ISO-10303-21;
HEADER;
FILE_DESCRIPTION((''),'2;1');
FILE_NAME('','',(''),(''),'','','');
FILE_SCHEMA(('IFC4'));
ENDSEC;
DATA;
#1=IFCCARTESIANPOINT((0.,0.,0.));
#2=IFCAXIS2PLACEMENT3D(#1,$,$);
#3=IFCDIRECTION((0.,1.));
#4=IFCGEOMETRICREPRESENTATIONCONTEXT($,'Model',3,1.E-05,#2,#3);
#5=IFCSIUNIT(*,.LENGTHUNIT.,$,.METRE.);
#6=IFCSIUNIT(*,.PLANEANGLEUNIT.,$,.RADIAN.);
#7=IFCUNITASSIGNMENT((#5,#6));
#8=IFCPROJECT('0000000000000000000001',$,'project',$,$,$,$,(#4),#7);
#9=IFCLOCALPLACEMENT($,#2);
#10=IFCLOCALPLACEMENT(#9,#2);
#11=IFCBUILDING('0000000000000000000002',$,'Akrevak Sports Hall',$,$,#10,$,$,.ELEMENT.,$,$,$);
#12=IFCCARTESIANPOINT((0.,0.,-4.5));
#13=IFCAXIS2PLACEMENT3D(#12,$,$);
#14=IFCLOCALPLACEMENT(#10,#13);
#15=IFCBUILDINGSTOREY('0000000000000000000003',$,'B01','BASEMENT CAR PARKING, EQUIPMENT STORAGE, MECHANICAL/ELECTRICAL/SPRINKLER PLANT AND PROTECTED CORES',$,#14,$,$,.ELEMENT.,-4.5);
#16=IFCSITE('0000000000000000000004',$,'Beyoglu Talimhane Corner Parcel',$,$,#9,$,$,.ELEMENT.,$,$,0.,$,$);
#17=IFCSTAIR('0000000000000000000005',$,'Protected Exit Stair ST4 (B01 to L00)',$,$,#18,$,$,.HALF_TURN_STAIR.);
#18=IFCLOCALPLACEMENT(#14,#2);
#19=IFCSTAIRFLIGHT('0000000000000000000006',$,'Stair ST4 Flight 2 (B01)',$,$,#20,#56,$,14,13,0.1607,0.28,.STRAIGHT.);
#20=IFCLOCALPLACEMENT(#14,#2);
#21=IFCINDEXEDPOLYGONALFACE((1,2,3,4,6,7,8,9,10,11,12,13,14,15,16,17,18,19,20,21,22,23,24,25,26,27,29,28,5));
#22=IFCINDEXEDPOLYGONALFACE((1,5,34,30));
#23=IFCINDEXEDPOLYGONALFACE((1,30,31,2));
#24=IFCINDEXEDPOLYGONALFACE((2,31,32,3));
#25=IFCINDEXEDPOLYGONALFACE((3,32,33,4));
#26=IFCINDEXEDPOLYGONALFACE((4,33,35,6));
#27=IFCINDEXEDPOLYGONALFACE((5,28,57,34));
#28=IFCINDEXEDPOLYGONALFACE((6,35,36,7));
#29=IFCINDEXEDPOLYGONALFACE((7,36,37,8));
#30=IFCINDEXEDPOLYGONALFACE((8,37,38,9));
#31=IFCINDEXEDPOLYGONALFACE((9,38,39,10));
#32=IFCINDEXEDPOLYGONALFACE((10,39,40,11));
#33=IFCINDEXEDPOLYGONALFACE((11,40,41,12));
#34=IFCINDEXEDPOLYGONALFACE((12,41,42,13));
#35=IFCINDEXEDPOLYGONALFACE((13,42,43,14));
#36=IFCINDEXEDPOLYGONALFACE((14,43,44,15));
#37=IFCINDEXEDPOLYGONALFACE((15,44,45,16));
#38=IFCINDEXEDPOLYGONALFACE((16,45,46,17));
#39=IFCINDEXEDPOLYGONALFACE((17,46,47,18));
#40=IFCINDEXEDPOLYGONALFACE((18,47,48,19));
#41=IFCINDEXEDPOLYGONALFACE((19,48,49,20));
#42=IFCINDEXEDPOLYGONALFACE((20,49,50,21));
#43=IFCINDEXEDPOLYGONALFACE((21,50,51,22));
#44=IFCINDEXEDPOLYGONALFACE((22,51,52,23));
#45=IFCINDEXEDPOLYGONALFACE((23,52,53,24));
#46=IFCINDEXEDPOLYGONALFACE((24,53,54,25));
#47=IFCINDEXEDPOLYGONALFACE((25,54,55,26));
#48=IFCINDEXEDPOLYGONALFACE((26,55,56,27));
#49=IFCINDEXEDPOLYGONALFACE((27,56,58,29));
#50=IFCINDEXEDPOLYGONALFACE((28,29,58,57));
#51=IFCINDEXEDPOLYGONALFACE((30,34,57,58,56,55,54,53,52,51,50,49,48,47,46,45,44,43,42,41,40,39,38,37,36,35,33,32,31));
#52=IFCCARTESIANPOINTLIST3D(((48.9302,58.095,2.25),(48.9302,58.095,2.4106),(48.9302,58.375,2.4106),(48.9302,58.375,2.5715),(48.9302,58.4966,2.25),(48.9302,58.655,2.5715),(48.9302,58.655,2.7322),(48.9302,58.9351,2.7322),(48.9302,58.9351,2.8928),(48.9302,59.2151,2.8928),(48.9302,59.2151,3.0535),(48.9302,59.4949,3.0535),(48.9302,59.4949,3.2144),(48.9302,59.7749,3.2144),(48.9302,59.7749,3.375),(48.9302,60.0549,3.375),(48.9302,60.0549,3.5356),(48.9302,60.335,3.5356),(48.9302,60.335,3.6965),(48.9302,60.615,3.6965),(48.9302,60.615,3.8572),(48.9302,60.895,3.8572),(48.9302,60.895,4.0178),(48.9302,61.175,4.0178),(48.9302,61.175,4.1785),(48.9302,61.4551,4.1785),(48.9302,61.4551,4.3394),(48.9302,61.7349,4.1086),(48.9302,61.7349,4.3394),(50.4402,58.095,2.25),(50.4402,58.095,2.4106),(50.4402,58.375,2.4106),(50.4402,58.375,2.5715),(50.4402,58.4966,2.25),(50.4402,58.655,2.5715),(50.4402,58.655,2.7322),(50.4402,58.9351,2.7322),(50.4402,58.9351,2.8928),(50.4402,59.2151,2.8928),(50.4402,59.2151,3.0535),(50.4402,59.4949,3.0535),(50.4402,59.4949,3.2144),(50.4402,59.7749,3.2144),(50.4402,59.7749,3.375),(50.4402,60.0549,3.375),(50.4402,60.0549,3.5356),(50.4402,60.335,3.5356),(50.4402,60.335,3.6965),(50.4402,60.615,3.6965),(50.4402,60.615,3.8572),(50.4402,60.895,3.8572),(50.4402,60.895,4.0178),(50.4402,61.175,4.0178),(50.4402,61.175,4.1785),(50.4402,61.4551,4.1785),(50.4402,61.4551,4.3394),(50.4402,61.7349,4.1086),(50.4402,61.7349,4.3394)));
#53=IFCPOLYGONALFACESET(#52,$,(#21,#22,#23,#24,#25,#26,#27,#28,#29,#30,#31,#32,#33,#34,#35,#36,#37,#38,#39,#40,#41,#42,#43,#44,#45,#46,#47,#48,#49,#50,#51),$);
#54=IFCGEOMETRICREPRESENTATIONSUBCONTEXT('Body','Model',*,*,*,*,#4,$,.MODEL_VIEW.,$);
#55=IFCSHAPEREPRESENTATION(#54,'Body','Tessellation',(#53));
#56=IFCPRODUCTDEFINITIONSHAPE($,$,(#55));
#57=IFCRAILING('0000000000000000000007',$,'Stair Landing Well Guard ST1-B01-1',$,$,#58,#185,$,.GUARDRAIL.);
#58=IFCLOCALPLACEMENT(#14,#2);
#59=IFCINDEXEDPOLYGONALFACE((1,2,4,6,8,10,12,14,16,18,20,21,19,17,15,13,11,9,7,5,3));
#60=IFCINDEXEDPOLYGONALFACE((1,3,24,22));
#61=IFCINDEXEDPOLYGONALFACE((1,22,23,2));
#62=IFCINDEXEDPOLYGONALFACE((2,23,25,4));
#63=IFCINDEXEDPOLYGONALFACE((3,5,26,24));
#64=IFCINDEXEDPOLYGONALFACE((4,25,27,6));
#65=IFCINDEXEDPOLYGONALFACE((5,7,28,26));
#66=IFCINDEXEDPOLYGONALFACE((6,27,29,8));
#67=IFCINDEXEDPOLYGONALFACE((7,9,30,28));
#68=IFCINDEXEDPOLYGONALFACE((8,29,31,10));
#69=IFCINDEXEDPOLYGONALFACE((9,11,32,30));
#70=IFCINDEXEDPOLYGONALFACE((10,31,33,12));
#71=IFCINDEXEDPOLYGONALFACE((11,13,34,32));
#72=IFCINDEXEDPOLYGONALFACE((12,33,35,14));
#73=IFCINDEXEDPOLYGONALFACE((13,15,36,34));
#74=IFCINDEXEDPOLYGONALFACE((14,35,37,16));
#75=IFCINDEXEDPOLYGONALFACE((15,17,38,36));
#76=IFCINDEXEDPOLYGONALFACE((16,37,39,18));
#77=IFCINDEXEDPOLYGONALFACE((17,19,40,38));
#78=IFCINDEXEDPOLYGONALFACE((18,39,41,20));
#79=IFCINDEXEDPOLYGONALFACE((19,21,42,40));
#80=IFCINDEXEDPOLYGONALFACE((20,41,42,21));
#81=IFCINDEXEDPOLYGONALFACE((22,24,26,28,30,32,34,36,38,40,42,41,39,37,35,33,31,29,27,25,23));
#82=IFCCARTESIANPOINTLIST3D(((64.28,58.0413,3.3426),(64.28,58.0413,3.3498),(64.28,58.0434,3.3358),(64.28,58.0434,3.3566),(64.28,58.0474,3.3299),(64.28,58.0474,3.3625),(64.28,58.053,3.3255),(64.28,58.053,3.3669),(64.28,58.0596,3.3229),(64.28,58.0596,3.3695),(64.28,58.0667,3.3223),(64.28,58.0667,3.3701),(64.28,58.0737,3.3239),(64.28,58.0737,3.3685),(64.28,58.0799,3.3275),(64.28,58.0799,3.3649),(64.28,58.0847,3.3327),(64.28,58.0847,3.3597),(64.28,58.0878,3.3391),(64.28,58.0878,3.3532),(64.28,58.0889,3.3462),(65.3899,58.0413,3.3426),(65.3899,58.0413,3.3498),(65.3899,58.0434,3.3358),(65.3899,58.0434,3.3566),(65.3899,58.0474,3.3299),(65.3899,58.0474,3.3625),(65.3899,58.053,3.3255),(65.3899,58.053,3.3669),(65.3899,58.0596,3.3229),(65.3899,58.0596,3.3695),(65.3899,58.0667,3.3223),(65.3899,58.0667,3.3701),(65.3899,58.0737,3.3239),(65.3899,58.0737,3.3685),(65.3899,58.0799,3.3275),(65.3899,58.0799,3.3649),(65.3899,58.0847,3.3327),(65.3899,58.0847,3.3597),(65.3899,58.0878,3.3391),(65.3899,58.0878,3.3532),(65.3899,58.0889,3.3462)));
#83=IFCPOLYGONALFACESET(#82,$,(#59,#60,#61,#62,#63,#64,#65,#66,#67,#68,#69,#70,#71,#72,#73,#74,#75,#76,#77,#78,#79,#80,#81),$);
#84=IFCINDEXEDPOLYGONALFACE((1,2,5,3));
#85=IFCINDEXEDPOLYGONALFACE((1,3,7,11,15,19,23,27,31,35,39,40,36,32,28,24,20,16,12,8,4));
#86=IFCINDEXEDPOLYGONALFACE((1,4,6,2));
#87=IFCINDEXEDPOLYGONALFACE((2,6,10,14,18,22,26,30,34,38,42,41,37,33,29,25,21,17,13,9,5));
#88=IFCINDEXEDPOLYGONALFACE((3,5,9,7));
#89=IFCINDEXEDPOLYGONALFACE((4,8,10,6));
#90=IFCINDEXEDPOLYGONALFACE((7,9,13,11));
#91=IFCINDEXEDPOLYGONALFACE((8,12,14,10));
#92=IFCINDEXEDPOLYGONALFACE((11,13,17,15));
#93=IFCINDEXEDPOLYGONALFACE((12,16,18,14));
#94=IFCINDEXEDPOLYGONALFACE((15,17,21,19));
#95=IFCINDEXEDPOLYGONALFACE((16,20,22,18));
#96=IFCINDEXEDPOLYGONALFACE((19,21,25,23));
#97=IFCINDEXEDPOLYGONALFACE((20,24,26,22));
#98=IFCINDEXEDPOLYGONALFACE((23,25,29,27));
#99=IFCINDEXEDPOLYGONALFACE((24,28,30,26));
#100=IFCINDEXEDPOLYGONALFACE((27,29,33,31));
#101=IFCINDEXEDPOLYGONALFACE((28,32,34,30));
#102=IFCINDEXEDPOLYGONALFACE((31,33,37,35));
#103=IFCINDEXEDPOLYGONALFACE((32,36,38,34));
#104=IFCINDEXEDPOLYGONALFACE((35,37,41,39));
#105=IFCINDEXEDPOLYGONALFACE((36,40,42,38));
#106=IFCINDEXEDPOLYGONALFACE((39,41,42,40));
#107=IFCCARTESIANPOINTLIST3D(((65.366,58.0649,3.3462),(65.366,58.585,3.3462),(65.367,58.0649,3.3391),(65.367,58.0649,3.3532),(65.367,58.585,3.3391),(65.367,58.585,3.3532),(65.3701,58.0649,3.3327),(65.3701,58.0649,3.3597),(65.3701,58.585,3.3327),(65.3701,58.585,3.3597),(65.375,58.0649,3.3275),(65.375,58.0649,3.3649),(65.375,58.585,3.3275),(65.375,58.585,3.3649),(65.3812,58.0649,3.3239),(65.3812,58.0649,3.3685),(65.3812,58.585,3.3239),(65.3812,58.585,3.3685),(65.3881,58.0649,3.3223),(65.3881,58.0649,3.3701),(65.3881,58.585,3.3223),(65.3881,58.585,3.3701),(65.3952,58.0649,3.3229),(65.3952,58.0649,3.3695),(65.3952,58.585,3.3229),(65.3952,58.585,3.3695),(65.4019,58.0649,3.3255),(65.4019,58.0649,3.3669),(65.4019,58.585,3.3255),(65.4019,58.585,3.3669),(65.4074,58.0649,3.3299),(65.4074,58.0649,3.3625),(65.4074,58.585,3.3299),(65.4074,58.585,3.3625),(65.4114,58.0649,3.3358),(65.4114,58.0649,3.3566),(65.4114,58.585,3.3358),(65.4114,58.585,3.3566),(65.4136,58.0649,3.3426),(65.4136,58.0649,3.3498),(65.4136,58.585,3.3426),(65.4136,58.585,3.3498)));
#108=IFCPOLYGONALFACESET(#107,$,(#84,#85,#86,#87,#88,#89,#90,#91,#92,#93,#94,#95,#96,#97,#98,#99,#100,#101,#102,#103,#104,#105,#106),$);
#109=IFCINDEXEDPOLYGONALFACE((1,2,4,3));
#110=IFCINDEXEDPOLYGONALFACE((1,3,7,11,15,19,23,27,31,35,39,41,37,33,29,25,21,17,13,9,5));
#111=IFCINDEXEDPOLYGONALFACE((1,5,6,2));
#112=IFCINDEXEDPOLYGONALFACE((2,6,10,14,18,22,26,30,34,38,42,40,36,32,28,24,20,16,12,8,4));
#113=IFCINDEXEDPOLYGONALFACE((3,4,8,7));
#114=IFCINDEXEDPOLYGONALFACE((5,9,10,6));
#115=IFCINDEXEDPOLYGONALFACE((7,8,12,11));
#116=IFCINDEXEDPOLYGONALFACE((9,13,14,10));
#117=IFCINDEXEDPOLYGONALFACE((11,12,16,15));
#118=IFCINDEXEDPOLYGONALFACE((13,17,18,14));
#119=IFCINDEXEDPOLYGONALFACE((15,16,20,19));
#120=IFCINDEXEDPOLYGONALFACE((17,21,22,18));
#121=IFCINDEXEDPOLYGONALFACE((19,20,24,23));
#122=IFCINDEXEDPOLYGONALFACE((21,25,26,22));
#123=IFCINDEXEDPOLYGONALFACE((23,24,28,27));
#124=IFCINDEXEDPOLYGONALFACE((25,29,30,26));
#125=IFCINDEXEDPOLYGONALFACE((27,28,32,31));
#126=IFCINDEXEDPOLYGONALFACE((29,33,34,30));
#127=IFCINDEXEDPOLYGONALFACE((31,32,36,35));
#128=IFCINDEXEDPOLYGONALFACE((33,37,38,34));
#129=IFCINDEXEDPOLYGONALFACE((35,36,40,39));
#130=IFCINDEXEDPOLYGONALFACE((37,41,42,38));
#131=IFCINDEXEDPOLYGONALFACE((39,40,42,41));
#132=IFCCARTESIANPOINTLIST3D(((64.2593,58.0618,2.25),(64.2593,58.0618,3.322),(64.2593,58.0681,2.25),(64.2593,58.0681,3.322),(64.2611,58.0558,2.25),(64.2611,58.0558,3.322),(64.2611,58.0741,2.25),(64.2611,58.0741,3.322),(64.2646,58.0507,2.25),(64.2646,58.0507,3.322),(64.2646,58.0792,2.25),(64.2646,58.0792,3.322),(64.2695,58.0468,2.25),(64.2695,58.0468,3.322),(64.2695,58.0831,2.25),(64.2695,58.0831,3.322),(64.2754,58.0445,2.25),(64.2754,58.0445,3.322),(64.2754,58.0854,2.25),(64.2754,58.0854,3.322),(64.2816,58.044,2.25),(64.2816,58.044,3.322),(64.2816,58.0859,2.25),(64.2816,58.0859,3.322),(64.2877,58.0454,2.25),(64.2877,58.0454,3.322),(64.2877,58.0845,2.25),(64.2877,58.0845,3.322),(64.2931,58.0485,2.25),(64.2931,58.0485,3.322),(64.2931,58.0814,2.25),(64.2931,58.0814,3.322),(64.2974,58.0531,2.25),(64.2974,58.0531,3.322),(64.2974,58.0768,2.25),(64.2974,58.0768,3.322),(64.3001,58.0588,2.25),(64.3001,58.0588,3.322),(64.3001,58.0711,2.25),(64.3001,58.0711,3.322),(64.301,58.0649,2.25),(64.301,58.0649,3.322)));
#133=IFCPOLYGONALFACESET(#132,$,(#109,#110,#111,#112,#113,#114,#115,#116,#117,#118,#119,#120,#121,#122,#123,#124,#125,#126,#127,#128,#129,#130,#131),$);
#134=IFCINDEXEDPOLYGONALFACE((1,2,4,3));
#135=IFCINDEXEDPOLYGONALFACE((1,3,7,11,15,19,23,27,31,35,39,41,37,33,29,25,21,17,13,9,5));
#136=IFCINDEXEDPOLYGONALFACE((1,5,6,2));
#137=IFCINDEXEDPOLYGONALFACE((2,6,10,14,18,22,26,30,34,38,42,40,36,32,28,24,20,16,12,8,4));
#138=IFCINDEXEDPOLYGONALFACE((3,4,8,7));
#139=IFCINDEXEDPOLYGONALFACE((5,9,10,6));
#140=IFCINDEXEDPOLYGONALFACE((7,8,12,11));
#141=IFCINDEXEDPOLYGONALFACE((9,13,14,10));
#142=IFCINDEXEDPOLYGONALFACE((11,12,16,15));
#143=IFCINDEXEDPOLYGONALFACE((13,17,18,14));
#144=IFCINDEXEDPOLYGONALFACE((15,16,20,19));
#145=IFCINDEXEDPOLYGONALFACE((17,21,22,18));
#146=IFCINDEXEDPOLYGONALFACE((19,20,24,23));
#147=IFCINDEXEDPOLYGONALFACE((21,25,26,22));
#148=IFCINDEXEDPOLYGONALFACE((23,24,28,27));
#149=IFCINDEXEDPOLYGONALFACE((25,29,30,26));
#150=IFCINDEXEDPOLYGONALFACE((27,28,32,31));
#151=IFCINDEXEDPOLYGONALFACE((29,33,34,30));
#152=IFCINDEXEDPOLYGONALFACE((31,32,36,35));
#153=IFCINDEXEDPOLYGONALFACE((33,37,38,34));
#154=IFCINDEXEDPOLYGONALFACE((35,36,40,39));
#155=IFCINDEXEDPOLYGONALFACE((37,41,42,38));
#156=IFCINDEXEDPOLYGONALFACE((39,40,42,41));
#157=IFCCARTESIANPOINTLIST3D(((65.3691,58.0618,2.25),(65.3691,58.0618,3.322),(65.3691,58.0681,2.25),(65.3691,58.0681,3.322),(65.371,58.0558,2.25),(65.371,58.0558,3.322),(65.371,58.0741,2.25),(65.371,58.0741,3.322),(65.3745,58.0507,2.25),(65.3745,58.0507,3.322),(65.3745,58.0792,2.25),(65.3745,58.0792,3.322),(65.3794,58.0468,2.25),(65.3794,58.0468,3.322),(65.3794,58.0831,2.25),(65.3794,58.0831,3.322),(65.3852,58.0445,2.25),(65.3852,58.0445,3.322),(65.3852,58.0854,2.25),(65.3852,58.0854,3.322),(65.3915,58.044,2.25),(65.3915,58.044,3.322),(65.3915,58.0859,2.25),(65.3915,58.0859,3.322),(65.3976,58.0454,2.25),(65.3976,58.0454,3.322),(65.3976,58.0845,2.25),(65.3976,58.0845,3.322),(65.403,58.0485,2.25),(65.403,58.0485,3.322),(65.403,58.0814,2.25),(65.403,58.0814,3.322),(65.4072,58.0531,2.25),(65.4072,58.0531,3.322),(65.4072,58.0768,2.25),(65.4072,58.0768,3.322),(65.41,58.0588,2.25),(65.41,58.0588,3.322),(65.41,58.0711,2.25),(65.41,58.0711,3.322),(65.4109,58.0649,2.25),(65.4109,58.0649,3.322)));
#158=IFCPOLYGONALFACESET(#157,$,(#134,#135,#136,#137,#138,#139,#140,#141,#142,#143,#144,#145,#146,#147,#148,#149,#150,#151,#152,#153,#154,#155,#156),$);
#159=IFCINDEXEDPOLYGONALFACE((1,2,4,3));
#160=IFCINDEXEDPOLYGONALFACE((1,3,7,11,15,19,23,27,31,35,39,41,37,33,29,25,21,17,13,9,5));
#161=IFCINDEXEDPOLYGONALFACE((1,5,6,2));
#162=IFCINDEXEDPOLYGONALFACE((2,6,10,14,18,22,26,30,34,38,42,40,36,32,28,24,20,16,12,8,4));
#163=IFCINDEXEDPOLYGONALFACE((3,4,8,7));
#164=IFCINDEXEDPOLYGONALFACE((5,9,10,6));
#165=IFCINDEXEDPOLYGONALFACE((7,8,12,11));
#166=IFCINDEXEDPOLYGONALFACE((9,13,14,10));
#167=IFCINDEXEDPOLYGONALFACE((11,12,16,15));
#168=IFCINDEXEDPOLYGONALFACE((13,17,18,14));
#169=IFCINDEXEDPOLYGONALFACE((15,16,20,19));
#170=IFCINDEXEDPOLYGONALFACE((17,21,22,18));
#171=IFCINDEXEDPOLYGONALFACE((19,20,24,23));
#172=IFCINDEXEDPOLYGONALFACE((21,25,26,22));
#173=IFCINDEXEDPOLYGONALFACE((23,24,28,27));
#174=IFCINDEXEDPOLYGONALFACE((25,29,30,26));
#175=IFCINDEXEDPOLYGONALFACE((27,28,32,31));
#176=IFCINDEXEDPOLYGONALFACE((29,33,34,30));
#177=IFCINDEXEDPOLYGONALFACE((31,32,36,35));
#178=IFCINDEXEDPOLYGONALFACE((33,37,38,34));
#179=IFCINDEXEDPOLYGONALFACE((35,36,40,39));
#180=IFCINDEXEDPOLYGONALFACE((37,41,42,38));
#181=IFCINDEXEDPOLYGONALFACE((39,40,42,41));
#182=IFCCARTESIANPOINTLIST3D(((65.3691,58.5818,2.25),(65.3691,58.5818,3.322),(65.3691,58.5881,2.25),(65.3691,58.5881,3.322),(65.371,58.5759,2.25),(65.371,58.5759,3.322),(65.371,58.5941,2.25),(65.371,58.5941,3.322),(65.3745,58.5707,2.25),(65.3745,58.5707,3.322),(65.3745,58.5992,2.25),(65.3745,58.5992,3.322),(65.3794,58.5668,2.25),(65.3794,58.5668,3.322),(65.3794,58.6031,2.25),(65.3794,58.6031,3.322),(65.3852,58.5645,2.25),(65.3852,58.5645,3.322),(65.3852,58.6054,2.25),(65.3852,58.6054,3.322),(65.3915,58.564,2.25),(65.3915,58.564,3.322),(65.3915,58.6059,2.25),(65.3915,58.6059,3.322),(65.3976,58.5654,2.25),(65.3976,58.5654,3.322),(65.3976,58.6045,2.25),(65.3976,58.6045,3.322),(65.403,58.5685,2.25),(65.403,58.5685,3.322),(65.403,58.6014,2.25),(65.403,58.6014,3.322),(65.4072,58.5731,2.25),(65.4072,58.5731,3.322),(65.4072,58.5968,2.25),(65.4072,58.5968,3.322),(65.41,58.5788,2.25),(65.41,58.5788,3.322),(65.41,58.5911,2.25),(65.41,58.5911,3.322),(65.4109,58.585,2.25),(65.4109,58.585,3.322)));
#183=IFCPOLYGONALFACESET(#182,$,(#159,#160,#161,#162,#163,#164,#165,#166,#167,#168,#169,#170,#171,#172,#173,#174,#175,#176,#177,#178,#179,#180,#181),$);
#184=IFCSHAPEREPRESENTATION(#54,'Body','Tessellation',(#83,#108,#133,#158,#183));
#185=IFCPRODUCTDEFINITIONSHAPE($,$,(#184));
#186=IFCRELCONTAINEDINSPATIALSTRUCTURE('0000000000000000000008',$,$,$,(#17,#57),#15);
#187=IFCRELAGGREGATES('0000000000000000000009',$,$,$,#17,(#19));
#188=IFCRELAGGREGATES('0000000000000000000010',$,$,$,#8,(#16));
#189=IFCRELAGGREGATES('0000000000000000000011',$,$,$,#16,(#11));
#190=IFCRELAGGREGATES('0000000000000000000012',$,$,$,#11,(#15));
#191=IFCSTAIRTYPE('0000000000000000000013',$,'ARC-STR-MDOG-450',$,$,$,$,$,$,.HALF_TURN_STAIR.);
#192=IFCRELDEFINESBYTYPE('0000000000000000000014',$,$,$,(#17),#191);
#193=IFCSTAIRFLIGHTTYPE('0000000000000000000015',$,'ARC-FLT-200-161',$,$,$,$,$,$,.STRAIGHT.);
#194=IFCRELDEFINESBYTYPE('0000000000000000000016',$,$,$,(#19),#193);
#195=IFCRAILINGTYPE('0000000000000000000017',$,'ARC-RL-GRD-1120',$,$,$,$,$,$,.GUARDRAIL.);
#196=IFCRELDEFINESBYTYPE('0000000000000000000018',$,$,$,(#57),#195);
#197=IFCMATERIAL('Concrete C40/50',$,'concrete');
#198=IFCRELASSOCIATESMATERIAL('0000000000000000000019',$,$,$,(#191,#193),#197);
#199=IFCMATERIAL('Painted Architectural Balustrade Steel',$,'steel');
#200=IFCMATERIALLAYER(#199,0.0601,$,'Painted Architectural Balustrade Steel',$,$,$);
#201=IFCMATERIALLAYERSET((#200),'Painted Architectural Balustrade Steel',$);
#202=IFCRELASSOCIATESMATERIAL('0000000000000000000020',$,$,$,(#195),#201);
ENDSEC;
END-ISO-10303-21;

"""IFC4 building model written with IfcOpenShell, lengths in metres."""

from ifc_helpers import new_model, si_unit, direction, frame, origin, origin_2d, place, context, subcontext, project, spatial, polyline, circle, outline, extrude, material, layer, layer_set, type_object, element, aggregate, save


model = new_model("IFC4")

# Units and contexts
model_context = context("Model", 3, precision=1e-05, world=origin(), true_north=direction((0.0, 1.0)))
body_context = subcontext(model_context, "Body", "Model", "MODEL_VIEW")
ifc_project = project(units=[si_unit("LENGTHUNIT", "METRE"), si_unit("PLANEANGLEUNIT", "RADIAN")], contexts=[model_context])

# Site, building, storey
site_placement = place(None, origin())
site = spatial("IfcSite", under=ifc_project, at=site_placement, Name="Beyoglu Talimhane Corner Parcel", CompositionType="ELEMENT", RefElevation=0.0)
building_placement = place(site_placement, origin())
building = spatial("IfcBuilding", under=site, at=building_placement, Name="Akrevak Sports Hall", CompositionType="ELEMENT")
storey_placement = place(building_placement, frame((0.0, 0.0, -4.5)))
storey = spatial("IfcBuildingStorey", under=building, at=storey_placement, Name="B01", Description="BASEMENT CAR PARKING, EQUIPMENT STORAGE, MECHANICAL/ELECTRICAL/SPRINKLER PLANT AND PROTECTED CORES", CompositionType="ELEMENT", Elevation=-4.5)

# Shared definitions
ifc_material_1 = material(Name="Concrete C40/50", Category="concrete")

# Stair, stair flight
stair_type_1 = type_object("IfcStairType", Name="ARC-STR-MDOG-450", PredefinedType="HALF_TURN_STAIR", material=ifc_material_1)
stair_1_placement = place(storey_placement, origin())
stair_1 = element("IfcStair", 1, at=stair_1_placement, inside=storey, type_object=stair_type_1, Name="Protected Exit Stair ST4 (B01 to L00)", PredefinedType="HALF_TURN_STAIR")
stair_flight_type_1 = type_object("IfcStairFlightType", Name="ARC-FLT-200-161", PredefinedType="STRAIGHT", material=ifc_material_1)
stair_flight_1_placement = place(storey_placement, frame((49.6851, 58.095, 2.25), z_axis=(0.0, 0.0, 1.0), x_axis=(0.0, 1.0, 0.0)))
stair_flight_1 = element("IfcStairFlight", 2, at=stair_flight_1_placement, type_object=stair_flight_type_1, Name="Stair ST4 Flight 2 (B01)", NumberOfRisers=14, NumberOfTreads=13, PredefinedType="STRAIGHT", RiserHeight=0.1607, TreadLength=0.28, context=body_context, shape_type="SweptSolid", body=[
    extrude(outline(polyline([(0.0, 0.0), (0.0, 0.1606), (0.28, 0.1606), (0.28, 0.3215), (0.5601, 0.3215), (0.5601, 0.4822), (0.8401, 0.4822), (0.8401, 0.6428), (1.1201, 0.6428), (1.1201, 0.8035), (1.3999, 0.8035), (1.3999, 0.9644), (1.6799, 0.9644), (1.6799, 1.125), (1.96, 1.125), (1.96, 1.2856), (2.24, 1.2856), (2.24, 1.4465), (2.52, 1.4465), (2.52, 1.6072), (2.8, 1.6072), (2.8, 1.7678), (3.0801, 1.7678), (3.0801, 1.9285), (3.3601, 1.9285), (3.3601, 2.0894), (3.6399, 2.0894), (3.6399, 2.25), (3.6399, 1.8586), (0.4016, 0.0), (0.0, 0.0)])), frame((0.0, 0.7549, 0.0), z_axis=(0.0, -1.0, 0.0), x_axis=(1.0, 0.0, 0.0)), (0.0, 0.0, 1.0), 1.51),
])
aggregate(stair_1, [stair_flight_1])

# Railing
ifc_material_2 = material(Name="Painted Architectural Balustrade Steel", Category="steel")
ifc_layer_1 = layer(ifc_material_2, 0.0601, Name="Painted Architectural Balustrade Steel")
ifc_layer_set_1 = layer_set([ifc_layer_1], Name="Painted Architectural Balustrade Steel")
railing_type_1 = type_object("IfcRailingType", Name="ARC-RL-GRD-1120", PredefinedType="GUARDRAIL", material=ifc_layer_set_1)
railing_1_placement = place(storey_placement, frame((64.28, 58.0649, 2.25)))
element("IfcRailing", 3, at=railing_1_placement, inside=storey, type_object=railing_type_1, Name="Stair Landing Well Guard ST1-B01-1", PredefinedType="GUARDRAIL", context=body_context, shape_type="SweptSolid", body=[
    extrude(circle(Radius=0.0239, at=origin_2d()), frame((0.0, 0.0, 1.0962), z_axis=(1.0, 0.0, 0.0), x_axis=(0.0, 1.0, 0.0)), (0.0, 0.0, 1.0), 1.1099),
    extrude(circle(Radius=0.0239, at=origin_2d()), frame((1.1099, 0.0, 1.0962), z_axis=(0.0, 1.0, 0.0), x_axis=(-1.0, 0.0, 0.0)), (0.0, 0.0, 1.0), 0.52),
    extrude(circle(Radius=0.021, at=origin_2d()), origin(), (0.0, 0.0, 1.0), 1.072),
    extrude(circle(Radius=0.021, at=origin_2d()), frame((1.1099, 0.0, 0.0)), (0.0, 0.0, 1.0), 1.072),
    extrude(circle(Radius=0.021, at=origin_2d()), frame((1.1099, 0.52, 0.0)), (0.0, 0.0, 1.0), 1.072),
])

save(model, "model.ifc")
